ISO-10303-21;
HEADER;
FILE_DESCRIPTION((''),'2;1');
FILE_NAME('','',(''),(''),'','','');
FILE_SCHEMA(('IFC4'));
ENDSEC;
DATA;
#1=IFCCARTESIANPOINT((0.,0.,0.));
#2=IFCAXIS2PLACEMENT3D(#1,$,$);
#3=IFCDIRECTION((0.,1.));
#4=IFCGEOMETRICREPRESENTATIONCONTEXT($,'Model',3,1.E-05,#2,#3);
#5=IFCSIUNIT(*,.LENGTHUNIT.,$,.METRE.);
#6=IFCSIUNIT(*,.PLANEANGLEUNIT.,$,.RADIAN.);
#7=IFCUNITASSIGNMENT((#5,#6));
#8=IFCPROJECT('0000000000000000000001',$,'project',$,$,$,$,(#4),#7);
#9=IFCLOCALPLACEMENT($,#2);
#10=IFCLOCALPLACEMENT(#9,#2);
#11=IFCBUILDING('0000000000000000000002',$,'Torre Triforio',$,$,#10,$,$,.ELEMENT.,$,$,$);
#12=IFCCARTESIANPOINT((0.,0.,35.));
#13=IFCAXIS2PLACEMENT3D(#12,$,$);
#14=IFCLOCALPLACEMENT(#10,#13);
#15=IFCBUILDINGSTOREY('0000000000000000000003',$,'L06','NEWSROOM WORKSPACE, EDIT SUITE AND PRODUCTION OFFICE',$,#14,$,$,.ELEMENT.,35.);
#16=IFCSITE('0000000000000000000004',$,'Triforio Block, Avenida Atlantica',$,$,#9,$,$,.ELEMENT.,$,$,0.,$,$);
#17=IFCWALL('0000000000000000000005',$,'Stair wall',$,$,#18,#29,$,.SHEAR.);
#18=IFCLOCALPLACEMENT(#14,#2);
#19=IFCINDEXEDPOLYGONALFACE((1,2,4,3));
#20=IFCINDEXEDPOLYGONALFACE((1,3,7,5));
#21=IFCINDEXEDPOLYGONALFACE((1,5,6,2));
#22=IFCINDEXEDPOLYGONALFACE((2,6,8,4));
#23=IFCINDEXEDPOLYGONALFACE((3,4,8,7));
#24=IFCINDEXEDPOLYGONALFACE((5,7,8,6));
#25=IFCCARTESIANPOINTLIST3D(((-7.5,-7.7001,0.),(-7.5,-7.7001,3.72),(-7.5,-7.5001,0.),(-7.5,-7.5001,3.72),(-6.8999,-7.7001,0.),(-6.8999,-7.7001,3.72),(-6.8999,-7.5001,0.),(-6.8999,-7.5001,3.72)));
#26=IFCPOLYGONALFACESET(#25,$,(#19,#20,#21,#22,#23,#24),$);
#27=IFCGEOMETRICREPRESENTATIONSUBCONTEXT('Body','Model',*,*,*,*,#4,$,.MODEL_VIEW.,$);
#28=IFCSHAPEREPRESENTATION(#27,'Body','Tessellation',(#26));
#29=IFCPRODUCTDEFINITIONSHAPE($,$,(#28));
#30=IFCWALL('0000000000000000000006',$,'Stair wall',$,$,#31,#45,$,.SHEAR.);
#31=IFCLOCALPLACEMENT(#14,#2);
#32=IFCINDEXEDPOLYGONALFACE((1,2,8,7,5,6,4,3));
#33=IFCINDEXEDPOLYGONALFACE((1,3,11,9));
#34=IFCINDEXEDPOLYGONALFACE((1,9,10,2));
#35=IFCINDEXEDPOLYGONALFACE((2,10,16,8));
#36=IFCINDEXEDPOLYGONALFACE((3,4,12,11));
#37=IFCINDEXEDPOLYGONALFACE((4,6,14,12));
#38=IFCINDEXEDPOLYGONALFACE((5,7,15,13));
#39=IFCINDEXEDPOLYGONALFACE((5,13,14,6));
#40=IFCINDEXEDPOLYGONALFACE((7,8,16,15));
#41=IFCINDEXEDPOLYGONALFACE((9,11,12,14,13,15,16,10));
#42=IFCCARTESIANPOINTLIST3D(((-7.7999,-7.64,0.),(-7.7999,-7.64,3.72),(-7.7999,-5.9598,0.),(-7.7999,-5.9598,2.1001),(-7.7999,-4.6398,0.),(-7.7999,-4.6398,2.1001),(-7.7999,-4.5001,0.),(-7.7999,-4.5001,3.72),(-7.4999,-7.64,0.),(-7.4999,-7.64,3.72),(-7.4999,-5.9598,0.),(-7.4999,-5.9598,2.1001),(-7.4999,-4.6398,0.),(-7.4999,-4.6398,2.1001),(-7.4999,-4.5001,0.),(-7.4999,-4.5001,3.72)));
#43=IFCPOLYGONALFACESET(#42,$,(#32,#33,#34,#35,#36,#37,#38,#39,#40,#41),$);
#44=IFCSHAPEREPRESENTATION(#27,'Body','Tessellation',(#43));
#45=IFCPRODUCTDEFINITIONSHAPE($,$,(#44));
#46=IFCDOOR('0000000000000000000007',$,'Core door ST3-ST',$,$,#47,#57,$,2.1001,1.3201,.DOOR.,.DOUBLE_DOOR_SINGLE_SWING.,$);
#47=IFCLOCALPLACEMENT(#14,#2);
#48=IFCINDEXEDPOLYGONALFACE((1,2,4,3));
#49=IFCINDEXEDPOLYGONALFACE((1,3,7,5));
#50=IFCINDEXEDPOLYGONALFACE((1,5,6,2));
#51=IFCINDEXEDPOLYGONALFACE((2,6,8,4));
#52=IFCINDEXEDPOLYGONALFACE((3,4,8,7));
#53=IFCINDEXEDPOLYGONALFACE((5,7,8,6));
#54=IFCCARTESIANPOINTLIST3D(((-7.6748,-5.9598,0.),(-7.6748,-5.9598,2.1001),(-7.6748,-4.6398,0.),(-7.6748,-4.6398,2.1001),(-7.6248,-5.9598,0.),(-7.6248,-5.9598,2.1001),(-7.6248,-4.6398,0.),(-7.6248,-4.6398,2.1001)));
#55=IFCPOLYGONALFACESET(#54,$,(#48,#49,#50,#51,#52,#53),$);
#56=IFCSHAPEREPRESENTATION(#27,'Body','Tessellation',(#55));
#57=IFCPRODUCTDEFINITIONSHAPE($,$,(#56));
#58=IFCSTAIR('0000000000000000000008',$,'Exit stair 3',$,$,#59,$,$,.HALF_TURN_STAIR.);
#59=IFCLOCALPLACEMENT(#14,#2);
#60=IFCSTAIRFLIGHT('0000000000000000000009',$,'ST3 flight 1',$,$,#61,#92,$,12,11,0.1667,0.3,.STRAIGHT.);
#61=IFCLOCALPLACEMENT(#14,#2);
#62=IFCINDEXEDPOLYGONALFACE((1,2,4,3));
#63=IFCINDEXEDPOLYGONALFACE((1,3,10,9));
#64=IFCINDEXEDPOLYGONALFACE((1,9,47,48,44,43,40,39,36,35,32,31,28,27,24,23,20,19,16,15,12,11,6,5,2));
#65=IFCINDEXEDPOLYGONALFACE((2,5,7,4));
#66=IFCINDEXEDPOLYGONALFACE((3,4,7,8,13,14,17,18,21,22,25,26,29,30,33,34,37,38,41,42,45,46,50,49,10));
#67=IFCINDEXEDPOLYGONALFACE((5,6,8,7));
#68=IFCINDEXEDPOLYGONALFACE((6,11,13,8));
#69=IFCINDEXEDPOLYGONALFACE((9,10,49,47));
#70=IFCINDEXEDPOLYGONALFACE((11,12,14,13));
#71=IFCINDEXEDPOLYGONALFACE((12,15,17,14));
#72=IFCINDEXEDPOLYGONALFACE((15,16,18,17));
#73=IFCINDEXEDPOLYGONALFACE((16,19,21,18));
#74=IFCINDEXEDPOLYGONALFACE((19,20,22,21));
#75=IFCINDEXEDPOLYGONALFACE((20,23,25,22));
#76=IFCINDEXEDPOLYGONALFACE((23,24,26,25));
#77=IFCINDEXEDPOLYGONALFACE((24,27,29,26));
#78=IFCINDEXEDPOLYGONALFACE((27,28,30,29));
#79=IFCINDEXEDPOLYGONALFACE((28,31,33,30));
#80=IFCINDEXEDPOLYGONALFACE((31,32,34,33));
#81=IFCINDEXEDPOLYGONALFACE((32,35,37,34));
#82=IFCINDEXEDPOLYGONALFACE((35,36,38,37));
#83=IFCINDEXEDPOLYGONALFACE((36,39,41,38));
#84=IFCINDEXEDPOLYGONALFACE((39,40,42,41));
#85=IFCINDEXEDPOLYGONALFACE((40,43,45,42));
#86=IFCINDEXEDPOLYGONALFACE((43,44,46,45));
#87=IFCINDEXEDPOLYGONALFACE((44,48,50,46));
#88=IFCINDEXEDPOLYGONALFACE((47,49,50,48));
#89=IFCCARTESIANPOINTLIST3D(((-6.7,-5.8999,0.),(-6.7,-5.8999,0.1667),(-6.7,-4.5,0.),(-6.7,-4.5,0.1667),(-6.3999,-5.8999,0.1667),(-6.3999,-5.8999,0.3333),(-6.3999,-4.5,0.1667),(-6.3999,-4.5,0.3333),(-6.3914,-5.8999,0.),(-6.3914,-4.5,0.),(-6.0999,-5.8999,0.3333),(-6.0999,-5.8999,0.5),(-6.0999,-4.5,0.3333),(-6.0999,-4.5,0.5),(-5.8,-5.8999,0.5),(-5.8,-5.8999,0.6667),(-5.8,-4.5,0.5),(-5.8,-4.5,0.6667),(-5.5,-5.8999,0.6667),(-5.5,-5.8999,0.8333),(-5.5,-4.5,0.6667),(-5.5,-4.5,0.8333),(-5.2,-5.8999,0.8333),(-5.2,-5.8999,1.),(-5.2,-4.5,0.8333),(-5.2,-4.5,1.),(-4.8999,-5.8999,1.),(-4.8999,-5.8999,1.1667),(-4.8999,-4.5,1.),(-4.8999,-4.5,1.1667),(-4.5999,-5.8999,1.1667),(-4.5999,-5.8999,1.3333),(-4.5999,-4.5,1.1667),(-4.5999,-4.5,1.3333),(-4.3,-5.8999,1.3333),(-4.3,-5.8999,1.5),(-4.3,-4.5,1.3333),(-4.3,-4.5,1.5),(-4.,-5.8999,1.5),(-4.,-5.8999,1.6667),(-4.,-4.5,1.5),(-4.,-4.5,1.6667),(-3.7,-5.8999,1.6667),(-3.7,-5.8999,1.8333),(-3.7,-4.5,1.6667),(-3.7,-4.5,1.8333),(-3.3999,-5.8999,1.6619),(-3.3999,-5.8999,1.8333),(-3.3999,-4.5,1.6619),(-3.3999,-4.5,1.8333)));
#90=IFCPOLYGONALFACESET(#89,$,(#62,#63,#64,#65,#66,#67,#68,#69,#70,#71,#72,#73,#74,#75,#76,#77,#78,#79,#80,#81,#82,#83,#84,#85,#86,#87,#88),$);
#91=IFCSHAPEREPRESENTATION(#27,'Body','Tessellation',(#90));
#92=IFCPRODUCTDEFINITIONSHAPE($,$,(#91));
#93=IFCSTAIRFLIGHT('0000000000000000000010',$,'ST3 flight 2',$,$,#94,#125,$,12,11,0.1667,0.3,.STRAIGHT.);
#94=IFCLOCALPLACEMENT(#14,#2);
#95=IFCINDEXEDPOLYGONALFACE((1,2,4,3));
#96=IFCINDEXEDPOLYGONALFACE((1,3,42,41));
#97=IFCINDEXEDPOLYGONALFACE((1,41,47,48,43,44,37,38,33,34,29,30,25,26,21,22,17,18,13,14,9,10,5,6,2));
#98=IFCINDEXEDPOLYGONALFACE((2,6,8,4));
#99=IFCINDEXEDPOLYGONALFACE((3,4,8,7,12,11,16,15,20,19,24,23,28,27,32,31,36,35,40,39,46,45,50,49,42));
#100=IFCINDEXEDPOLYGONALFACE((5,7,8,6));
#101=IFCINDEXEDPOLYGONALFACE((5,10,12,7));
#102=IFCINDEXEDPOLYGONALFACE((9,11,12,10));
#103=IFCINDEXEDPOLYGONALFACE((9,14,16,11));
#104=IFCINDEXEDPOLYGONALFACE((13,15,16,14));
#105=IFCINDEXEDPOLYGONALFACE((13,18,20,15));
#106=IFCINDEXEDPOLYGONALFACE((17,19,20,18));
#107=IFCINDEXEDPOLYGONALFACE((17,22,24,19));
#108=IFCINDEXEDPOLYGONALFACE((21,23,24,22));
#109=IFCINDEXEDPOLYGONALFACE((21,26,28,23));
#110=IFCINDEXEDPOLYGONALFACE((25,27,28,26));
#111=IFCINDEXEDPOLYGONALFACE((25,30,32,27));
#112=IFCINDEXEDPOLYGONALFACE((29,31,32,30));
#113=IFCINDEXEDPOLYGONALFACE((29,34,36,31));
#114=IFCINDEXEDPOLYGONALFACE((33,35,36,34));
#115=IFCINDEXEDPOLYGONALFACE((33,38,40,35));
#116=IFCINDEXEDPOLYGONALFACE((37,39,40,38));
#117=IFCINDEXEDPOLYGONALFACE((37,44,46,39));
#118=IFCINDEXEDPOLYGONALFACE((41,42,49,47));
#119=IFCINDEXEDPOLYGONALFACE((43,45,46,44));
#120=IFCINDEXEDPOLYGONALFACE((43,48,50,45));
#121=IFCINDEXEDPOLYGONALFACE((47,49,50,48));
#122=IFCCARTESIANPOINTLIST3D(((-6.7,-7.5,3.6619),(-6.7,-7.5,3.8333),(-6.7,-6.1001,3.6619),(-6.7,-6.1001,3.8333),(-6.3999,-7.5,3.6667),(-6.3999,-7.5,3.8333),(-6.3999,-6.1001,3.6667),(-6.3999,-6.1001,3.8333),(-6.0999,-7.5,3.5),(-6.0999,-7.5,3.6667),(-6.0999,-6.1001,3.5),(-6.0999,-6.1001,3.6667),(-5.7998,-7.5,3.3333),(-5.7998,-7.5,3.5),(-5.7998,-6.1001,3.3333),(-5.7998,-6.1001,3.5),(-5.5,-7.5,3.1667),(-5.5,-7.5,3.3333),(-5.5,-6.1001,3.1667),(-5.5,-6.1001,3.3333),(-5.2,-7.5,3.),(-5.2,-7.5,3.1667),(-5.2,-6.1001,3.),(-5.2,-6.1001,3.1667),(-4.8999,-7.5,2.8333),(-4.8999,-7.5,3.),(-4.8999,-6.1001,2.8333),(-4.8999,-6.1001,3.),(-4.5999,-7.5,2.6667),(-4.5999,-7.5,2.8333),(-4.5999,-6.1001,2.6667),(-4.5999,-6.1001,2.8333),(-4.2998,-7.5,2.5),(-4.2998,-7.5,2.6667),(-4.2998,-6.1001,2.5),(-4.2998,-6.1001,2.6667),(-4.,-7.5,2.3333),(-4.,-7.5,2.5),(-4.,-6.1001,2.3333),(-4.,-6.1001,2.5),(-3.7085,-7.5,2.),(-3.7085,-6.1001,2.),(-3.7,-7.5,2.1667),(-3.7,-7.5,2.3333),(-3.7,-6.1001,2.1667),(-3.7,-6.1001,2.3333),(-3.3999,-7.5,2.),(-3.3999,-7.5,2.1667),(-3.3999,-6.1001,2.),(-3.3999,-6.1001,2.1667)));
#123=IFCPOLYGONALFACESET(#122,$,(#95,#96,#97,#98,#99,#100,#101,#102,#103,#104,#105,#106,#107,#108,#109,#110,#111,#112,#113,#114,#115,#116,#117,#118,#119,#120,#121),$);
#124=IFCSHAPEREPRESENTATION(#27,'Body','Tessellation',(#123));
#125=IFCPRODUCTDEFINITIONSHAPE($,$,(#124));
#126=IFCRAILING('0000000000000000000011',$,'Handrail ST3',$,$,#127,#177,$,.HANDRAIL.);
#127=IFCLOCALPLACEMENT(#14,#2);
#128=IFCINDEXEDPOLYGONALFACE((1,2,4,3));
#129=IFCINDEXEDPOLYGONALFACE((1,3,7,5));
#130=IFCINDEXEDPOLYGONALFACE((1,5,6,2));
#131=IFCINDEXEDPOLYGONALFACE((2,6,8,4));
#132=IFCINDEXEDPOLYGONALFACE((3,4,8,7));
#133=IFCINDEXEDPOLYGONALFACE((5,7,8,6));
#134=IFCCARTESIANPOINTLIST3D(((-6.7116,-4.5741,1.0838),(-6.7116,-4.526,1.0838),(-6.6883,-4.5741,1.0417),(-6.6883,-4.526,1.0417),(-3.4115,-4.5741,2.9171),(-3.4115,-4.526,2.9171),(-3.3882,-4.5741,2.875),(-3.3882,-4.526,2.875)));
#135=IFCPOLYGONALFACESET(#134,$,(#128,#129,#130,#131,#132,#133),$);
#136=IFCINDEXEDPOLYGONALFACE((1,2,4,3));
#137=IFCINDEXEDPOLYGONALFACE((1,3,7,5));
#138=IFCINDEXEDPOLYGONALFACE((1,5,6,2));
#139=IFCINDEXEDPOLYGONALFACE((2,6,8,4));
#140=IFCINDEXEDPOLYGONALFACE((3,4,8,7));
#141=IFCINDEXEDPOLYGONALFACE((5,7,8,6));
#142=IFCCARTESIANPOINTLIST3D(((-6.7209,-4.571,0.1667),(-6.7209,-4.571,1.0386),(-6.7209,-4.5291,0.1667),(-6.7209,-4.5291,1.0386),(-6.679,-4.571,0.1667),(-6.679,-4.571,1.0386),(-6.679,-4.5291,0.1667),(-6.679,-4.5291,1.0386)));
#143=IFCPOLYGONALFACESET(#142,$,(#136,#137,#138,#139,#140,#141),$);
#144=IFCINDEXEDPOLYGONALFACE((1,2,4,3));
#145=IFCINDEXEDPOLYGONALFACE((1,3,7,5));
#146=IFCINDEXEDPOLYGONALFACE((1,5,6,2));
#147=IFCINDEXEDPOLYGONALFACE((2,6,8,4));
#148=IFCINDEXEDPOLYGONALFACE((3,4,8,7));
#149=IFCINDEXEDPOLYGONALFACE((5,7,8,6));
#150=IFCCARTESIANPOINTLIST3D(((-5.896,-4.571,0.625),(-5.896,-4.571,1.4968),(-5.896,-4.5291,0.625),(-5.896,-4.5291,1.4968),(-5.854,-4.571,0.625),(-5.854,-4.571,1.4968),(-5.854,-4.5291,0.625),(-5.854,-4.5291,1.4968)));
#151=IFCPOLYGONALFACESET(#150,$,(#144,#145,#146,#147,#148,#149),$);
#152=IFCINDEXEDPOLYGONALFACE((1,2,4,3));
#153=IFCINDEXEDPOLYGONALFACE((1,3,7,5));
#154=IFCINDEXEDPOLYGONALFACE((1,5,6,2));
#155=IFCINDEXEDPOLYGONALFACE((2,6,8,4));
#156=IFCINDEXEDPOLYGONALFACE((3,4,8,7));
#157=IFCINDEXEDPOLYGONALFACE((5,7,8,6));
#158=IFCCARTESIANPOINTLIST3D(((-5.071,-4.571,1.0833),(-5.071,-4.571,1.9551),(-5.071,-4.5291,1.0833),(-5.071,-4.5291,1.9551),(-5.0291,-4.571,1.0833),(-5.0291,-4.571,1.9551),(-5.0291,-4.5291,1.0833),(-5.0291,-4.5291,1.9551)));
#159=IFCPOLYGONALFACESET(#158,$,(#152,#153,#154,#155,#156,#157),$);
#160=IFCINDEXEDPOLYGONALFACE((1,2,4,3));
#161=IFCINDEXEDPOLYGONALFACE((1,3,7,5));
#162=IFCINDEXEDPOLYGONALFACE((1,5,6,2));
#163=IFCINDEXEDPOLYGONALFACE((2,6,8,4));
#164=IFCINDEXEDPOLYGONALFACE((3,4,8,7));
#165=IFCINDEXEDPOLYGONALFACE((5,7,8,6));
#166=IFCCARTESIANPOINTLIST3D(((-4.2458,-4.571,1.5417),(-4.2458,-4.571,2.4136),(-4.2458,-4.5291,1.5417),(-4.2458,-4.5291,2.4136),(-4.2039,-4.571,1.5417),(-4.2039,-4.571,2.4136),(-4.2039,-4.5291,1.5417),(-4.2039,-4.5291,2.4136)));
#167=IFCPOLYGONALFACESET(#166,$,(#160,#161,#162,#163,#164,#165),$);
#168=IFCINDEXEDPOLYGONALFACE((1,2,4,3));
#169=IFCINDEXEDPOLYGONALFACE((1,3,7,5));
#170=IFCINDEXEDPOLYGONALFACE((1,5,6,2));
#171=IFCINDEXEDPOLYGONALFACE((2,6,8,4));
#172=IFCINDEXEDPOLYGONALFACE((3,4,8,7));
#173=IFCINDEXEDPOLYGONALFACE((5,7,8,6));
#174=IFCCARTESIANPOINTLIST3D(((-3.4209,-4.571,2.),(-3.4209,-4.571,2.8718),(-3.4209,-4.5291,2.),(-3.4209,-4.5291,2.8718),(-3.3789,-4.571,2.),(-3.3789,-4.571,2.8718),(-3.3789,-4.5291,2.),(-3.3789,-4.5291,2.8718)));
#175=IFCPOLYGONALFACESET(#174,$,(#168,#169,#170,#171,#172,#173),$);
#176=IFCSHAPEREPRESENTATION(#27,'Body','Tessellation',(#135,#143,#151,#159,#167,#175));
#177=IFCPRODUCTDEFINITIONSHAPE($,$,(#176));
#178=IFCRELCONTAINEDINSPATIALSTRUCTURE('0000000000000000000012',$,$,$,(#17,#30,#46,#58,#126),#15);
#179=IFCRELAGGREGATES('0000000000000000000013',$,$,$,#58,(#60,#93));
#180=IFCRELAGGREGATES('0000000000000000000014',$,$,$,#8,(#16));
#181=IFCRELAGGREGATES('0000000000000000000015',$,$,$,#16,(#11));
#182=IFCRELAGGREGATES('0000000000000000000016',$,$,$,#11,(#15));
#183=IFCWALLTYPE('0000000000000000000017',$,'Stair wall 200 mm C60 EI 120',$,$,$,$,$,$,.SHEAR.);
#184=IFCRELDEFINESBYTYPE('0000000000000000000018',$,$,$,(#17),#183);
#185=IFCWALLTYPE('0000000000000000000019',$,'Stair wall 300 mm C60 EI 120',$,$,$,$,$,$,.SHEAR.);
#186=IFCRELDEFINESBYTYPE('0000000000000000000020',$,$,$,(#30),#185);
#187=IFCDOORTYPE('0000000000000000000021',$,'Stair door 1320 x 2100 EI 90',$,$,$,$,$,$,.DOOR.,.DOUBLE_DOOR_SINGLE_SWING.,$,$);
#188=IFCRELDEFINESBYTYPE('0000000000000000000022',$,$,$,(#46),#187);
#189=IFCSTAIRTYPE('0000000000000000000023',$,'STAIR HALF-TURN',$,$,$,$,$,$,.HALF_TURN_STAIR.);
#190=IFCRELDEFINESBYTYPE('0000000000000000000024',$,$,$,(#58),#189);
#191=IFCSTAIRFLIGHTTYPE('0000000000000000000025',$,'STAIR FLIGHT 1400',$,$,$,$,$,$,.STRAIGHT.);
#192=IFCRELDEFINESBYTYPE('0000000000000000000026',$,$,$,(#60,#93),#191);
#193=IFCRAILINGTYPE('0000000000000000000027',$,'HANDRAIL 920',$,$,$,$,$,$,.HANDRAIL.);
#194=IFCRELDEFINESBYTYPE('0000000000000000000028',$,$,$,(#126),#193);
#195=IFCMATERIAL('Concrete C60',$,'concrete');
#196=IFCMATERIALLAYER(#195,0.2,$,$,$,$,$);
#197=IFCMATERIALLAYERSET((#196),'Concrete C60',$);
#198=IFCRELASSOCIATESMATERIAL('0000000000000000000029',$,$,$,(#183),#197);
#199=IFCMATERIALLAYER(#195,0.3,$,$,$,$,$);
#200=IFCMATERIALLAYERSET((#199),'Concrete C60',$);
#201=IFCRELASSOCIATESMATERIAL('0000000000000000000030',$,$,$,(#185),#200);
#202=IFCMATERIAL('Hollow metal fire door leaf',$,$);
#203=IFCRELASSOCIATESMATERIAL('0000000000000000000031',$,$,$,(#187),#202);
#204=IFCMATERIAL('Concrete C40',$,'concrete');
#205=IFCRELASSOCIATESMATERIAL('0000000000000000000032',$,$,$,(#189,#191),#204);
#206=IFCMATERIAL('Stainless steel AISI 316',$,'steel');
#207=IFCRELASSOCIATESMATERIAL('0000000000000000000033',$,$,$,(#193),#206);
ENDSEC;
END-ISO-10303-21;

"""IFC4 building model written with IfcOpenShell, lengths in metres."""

from ifc_helpers import new_model, si_unit, direction, frame, frame_2d, origin, origin_2d, place, context, subcontext, project, spatial, polyline, rectangle, outline, extrude, material, layer, layer_set, type_object, element, fill, aggregate, save


model = new_model("IFC4")

# Units and contexts
model_context = context("Model", 3, precision=1e-05, world=origin(), true_north=direction((0.0, 1.0)))
body_context = subcontext(model_context, "Body", "Model", "MODEL_VIEW")
ifc_project = project(units=[si_unit("LENGTHUNIT", "METRE"), si_unit("PLANEANGLEUNIT", "RADIAN")], contexts=[model_context])

# Site, building, storey
site_placement = place(None, origin())
site = spatial("IfcSite", under=ifc_project, at=site_placement, Name="Triforio Block, Avenida Atlantica", CompositionType="ELEMENT", RefElevation=0.0)
building_placement = place(site_placement, origin())
building = spatial("IfcBuilding", under=site, at=building_placement, Name="Torre Triforio", CompositionType="ELEMENT")
storey_placement = place(building_placement, frame((0.0, 0.0, 35.0)))
storey = spatial("IfcBuildingStorey", under=building, at=storey_placement, Name="L06", Description="NEWSROOM WORKSPACE, EDIT SUITE AND PRODUCTION OFFICE", CompositionType="ELEMENT", Elevation=35.0)

# Shared definitions
ifc_material_1 = material(Name="Hollow metal fire door leaf")

# Shared definitions
ifc_material_2 = material(Name="Concrete C60", Category="concrete")

# Wall
ifc_layer_1 = layer(ifc_material_2, 0.2)
ifc_layer_set_1 = layer_set([ifc_layer_1], Name="Concrete C60")
wall_type_1 = type_object("IfcWallType", Name="Stair wall 200 mm C60 EI 120", PredefinedType="SHEAR", material=ifc_layer_set_1)
wall_1_placement = place(storey_placement, frame((-7.5, -7.6001, 0.0), z_axis=(0.0, 0.0, 1.0), x_axis=(1.0, 0.0, 0.0)))
element("IfcWall", 1, at=wall_1_placement, inside=storey, type_object=wall_type_1, Name="Stair wall", PredefinedType="SHEAR", context=body_context, shape_type="SweptSolid", body=[
    extrude(rectangle(XDim=0.6001, YDim=0.2, at=frame_2d((0.3, 0.0))), origin(), (0.0, 0.0, 1.0), 3.72),
])

# Wall, opening, door
ifc_layer_2 = layer(ifc_material_2, 0.3)
ifc_layer_set_2 = layer_set([ifc_layer_2], Name="Concrete C60")
wall_type_2 = type_object("IfcWallType", Name="Stair wall 300 mm C60 EI 120", PredefinedType="SHEAR", material=ifc_layer_set_2)
wall_2_placement = place(storey_placement, frame((-7.6499, -7.6399, 0.0), z_axis=(0.0, 0.0, 1.0), x_axis=(0.0, 1.0, 0.0)))
wall_2 = element("IfcWall", 2, at=wall_2_placement, inside=storey, type_object=wall_type_2, Name="Stair wall", PredefinedType="SHEAR", context=body_context, shape_type="SweptSolid", body=[
    extrude(rectangle(XDim=3.1399, YDim=0.3, at=frame_2d((1.5698, 0.0))), origin(), (0.0, 0.0, 1.0), 3.72),
])
opening_1_placement = place(wall_2_placement, frame((1.6799, 0.0, 0.0)))
opening_1 = element("IfcOpeningElement", 3, at=opening_1_placement, cuts=wall_2, PredefinedType="OPENING", context=body_context, shape_type="SweptSolid", body=[
    extrude(rectangle(XDim=1.3201, YDim=2.1001, at=frame_2d((0.6602, 1.05))), frame((0.0, 0.1599, 0.0), z_axis=(0.0, -1.0, 0.0), x_axis=(1.0, 0.0, 0.0)), (0.0, 0.0, 1.0), 0.3201),
])
door_type_1 = type_object("IfcDoorType", Name="Stair door 1320 x 2100 EI 90", OperationType="DOUBLE_DOOR_SINGLE_SWING", PredefinedType="DOOR", material=ifc_material_1)
door_1_placement = place(opening_1_placement, origin())
door_1 = element("IfcDoor", 4, at=door_1_placement, inside=storey, type_object=door_type_1, Name="Core door ST3-ST", OperationType="DOUBLE_DOOR_SINGLE_SWING", OverallHeight=2.1001, OverallWidth=1.3201, PredefinedType="DOOR", context=body_context, shape_type="SweptSolid", body=[
    extrude(rectangle(XDim=1.3201, YDim=2.1001, at=frame_2d((0.6602, 1.05))), frame((0.0, 0.0249, 0.0), z_axis=(0.0, -1.0, 0.0), x_axis=(1.0, 0.0, 0.0)), (0.0, 0.0, 1.0), 0.05),
])
fill(opening_1, door_1)

# Stair, stair flights
ifc_material_3 = material(Name="Concrete C40", Category="concrete")
stair_type = type_object("IfcStairType", Name="STAIR HALF-TURN", PredefinedType="HALF_TURN_STAIR", material=ifc_material_3)
stair_placement = place(storey_placement, origin())
stair = element("IfcStair", 5, at=stair_placement, inside=storey, type_object=stair_type, Name="Exit stair 3", PredefinedType="HALF_TURN_STAIR")
stair_flight_type = type_object("IfcStairFlightType", Name="STAIR FLIGHT 1400", PredefinedType="STRAIGHT", material=ifc_material_3)
stair_flight_1_placement = place(storey_placement, frame((-6.7, -5.2, 0.0), z_axis=(0.0, 0.0, 1.0), x_axis=(1.0, 0.0, 0.0)))
stair_flight_1 = element("IfcStairFlight", 6, at=stair_flight_1_placement, type_object=stair_flight_type, Name="ST3 flight 1", NumberOfRisers=12, NumberOfTreads=11, PredefinedType="STRAIGHT", RiserHeight=0.1667, TreadLength=0.3, context=body_context, shape_type="SweptSolid", body=[
    extrude(outline(polyline([(0.0, 0.0), (0.0, 0.1667), (0.3, 0.1667), (0.3, 0.3333), (0.6001, 0.3333), (0.6001, 0.5), (0.8999, 0.5), (0.8999, 0.6667), (1.2, 0.6667), (1.2, 0.8333), (1.5, 0.8333), (1.5, 1.0), (1.8, 1.0), (1.8, 1.1667), (2.1001, 1.1667), (2.1001, 1.3333), (2.3999, 1.3333), (2.3999, 1.5), (2.7, 1.5), (2.7, 1.6667), (3.0, 1.6667), (3.0, 1.8333), (3.3, 1.8333), (3.3, 2.0), (3.3, 1.6619), (0.3086, 0.0), (0.0, 0.0)])), frame((0.0, 0.7, 0.0), z_axis=(0.0, -1.0, 0.0), x_axis=(1.0, 0.0, 0.0)), (0.0, 0.0, 1.0), 1.3999),
])
stair_flight_2_placement = place(storey_placement, frame((-3.3999, -6.8, 2.0), z_axis=(0.0, 0.0, 1.0), x_axis=(-1.0, 0.0, 0.0)))
stair_flight_2 = element("IfcStairFlight", 7, at=stair_flight_2_placement, type_object=stair_flight_type, Name="ST3 flight 2", NumberOfRisers=12, NumberOfTreads=11, PredefinedType="STRAIGHT", RiserHeight=0.1667, TreadLength=0.3, context=body_context, shape_type="SweptSolid", body=[
    extrude(outline(polyline([(0.0, 0.0), (0.0, 0.1667), (0.3, 0.1667), (0.3, 0.3333), (0.6001, 0.3333), (0.6001, 0.5), (0.8999, 0.5), (0.8999, 0.6667), (1.2, 0.6667), (1.2, 0.8333), (1.5, 0.8333), (1.5, 1.0), (1.8, 1.0), (1.8, 1.1667), (2.1001, 1.1667), (2.1001, 1.3333), (2.3999, 1.3333), (2.3999, 1.5), (2.7, 1.5), (2.7, 1.6667), (3.0, 1.6667), (3.0, 1.8333), (3.3, 1.8333), (3.3, 2.0), (3.3, 1.6619), (0.3086, 0.0), (0.0, 0.0)])), frame((0.0, 0.7, 0.0), z_axis=(0.0, -1.0, 0.0), x_axis=(1.0, 0.0, 0.0)), (0.0, 0.0, 1.0), 1.3999),
])
aggregate(stair, [stair_flight_1, stair_flight_2])

# Railing
ifc_material_4 = material(Name="Stainless steel AISI 316", Category="steel")
railing_type = type_object("IfcRailingType", Name="HANDRAIL 920", PredefinedType="HANDRAIL", material=ifc_material_4)
for number, where, name in (
    (8, (-6.7, -4.55, 0.1667), "Handrail ST3"),
):
    element("IfcRailing", number, at=place(storey_placement, frame(where)), inside=storey, type_object=railing_type, Name=name, PredefinedType="HANDRAIL", context=body_context, shape_type="SweptSolid", body=[
        extrude(rectangle(XDim=0.0481, YDim=0.0481, at=origin_2d()), frame((0.0, 0.0, 0.896), z_axis=(0.874169, 0.0, 0.485621), x_axis=(0.0, 1.0, 0.0)), (0.0, 0.0, 1.0), 3.7751),
        extrude(rectangle(XDim=0.042, YDim=0.042, at=origin_2d()), origin(), (0.0, 0.0, 1.0), 0.8718),
        extrude(rectangle(XDim=0.042, YDim=0.042, at=origin_2d()), frame((0.825, 0.0, 0.4583)), (0.0, 0.0, 1.0), 0.8718),
        extrude(rectangle(XDim=0.042, YDim=0.042, at=origin_2d()), frame((1.6499, 0.0, 0.9165)), (0.0, 0.0, 1.0), 0.8718),
        extrude(rectangle(XDim=0.042, YDim=0.042, at=origin_2d()), frame((2.4751, 0.0, 1.375)), (0.0, 0.0, 1.0), 0.8718),
        extrude(rectangle(XDim=0.042, YDim=0.042, at=origin_2d()), frame((3.3, 0.0, 1.8333)), (0.0, 0.0, 1.0), 0.8718),
    ])

save(model, "model.ifc")
